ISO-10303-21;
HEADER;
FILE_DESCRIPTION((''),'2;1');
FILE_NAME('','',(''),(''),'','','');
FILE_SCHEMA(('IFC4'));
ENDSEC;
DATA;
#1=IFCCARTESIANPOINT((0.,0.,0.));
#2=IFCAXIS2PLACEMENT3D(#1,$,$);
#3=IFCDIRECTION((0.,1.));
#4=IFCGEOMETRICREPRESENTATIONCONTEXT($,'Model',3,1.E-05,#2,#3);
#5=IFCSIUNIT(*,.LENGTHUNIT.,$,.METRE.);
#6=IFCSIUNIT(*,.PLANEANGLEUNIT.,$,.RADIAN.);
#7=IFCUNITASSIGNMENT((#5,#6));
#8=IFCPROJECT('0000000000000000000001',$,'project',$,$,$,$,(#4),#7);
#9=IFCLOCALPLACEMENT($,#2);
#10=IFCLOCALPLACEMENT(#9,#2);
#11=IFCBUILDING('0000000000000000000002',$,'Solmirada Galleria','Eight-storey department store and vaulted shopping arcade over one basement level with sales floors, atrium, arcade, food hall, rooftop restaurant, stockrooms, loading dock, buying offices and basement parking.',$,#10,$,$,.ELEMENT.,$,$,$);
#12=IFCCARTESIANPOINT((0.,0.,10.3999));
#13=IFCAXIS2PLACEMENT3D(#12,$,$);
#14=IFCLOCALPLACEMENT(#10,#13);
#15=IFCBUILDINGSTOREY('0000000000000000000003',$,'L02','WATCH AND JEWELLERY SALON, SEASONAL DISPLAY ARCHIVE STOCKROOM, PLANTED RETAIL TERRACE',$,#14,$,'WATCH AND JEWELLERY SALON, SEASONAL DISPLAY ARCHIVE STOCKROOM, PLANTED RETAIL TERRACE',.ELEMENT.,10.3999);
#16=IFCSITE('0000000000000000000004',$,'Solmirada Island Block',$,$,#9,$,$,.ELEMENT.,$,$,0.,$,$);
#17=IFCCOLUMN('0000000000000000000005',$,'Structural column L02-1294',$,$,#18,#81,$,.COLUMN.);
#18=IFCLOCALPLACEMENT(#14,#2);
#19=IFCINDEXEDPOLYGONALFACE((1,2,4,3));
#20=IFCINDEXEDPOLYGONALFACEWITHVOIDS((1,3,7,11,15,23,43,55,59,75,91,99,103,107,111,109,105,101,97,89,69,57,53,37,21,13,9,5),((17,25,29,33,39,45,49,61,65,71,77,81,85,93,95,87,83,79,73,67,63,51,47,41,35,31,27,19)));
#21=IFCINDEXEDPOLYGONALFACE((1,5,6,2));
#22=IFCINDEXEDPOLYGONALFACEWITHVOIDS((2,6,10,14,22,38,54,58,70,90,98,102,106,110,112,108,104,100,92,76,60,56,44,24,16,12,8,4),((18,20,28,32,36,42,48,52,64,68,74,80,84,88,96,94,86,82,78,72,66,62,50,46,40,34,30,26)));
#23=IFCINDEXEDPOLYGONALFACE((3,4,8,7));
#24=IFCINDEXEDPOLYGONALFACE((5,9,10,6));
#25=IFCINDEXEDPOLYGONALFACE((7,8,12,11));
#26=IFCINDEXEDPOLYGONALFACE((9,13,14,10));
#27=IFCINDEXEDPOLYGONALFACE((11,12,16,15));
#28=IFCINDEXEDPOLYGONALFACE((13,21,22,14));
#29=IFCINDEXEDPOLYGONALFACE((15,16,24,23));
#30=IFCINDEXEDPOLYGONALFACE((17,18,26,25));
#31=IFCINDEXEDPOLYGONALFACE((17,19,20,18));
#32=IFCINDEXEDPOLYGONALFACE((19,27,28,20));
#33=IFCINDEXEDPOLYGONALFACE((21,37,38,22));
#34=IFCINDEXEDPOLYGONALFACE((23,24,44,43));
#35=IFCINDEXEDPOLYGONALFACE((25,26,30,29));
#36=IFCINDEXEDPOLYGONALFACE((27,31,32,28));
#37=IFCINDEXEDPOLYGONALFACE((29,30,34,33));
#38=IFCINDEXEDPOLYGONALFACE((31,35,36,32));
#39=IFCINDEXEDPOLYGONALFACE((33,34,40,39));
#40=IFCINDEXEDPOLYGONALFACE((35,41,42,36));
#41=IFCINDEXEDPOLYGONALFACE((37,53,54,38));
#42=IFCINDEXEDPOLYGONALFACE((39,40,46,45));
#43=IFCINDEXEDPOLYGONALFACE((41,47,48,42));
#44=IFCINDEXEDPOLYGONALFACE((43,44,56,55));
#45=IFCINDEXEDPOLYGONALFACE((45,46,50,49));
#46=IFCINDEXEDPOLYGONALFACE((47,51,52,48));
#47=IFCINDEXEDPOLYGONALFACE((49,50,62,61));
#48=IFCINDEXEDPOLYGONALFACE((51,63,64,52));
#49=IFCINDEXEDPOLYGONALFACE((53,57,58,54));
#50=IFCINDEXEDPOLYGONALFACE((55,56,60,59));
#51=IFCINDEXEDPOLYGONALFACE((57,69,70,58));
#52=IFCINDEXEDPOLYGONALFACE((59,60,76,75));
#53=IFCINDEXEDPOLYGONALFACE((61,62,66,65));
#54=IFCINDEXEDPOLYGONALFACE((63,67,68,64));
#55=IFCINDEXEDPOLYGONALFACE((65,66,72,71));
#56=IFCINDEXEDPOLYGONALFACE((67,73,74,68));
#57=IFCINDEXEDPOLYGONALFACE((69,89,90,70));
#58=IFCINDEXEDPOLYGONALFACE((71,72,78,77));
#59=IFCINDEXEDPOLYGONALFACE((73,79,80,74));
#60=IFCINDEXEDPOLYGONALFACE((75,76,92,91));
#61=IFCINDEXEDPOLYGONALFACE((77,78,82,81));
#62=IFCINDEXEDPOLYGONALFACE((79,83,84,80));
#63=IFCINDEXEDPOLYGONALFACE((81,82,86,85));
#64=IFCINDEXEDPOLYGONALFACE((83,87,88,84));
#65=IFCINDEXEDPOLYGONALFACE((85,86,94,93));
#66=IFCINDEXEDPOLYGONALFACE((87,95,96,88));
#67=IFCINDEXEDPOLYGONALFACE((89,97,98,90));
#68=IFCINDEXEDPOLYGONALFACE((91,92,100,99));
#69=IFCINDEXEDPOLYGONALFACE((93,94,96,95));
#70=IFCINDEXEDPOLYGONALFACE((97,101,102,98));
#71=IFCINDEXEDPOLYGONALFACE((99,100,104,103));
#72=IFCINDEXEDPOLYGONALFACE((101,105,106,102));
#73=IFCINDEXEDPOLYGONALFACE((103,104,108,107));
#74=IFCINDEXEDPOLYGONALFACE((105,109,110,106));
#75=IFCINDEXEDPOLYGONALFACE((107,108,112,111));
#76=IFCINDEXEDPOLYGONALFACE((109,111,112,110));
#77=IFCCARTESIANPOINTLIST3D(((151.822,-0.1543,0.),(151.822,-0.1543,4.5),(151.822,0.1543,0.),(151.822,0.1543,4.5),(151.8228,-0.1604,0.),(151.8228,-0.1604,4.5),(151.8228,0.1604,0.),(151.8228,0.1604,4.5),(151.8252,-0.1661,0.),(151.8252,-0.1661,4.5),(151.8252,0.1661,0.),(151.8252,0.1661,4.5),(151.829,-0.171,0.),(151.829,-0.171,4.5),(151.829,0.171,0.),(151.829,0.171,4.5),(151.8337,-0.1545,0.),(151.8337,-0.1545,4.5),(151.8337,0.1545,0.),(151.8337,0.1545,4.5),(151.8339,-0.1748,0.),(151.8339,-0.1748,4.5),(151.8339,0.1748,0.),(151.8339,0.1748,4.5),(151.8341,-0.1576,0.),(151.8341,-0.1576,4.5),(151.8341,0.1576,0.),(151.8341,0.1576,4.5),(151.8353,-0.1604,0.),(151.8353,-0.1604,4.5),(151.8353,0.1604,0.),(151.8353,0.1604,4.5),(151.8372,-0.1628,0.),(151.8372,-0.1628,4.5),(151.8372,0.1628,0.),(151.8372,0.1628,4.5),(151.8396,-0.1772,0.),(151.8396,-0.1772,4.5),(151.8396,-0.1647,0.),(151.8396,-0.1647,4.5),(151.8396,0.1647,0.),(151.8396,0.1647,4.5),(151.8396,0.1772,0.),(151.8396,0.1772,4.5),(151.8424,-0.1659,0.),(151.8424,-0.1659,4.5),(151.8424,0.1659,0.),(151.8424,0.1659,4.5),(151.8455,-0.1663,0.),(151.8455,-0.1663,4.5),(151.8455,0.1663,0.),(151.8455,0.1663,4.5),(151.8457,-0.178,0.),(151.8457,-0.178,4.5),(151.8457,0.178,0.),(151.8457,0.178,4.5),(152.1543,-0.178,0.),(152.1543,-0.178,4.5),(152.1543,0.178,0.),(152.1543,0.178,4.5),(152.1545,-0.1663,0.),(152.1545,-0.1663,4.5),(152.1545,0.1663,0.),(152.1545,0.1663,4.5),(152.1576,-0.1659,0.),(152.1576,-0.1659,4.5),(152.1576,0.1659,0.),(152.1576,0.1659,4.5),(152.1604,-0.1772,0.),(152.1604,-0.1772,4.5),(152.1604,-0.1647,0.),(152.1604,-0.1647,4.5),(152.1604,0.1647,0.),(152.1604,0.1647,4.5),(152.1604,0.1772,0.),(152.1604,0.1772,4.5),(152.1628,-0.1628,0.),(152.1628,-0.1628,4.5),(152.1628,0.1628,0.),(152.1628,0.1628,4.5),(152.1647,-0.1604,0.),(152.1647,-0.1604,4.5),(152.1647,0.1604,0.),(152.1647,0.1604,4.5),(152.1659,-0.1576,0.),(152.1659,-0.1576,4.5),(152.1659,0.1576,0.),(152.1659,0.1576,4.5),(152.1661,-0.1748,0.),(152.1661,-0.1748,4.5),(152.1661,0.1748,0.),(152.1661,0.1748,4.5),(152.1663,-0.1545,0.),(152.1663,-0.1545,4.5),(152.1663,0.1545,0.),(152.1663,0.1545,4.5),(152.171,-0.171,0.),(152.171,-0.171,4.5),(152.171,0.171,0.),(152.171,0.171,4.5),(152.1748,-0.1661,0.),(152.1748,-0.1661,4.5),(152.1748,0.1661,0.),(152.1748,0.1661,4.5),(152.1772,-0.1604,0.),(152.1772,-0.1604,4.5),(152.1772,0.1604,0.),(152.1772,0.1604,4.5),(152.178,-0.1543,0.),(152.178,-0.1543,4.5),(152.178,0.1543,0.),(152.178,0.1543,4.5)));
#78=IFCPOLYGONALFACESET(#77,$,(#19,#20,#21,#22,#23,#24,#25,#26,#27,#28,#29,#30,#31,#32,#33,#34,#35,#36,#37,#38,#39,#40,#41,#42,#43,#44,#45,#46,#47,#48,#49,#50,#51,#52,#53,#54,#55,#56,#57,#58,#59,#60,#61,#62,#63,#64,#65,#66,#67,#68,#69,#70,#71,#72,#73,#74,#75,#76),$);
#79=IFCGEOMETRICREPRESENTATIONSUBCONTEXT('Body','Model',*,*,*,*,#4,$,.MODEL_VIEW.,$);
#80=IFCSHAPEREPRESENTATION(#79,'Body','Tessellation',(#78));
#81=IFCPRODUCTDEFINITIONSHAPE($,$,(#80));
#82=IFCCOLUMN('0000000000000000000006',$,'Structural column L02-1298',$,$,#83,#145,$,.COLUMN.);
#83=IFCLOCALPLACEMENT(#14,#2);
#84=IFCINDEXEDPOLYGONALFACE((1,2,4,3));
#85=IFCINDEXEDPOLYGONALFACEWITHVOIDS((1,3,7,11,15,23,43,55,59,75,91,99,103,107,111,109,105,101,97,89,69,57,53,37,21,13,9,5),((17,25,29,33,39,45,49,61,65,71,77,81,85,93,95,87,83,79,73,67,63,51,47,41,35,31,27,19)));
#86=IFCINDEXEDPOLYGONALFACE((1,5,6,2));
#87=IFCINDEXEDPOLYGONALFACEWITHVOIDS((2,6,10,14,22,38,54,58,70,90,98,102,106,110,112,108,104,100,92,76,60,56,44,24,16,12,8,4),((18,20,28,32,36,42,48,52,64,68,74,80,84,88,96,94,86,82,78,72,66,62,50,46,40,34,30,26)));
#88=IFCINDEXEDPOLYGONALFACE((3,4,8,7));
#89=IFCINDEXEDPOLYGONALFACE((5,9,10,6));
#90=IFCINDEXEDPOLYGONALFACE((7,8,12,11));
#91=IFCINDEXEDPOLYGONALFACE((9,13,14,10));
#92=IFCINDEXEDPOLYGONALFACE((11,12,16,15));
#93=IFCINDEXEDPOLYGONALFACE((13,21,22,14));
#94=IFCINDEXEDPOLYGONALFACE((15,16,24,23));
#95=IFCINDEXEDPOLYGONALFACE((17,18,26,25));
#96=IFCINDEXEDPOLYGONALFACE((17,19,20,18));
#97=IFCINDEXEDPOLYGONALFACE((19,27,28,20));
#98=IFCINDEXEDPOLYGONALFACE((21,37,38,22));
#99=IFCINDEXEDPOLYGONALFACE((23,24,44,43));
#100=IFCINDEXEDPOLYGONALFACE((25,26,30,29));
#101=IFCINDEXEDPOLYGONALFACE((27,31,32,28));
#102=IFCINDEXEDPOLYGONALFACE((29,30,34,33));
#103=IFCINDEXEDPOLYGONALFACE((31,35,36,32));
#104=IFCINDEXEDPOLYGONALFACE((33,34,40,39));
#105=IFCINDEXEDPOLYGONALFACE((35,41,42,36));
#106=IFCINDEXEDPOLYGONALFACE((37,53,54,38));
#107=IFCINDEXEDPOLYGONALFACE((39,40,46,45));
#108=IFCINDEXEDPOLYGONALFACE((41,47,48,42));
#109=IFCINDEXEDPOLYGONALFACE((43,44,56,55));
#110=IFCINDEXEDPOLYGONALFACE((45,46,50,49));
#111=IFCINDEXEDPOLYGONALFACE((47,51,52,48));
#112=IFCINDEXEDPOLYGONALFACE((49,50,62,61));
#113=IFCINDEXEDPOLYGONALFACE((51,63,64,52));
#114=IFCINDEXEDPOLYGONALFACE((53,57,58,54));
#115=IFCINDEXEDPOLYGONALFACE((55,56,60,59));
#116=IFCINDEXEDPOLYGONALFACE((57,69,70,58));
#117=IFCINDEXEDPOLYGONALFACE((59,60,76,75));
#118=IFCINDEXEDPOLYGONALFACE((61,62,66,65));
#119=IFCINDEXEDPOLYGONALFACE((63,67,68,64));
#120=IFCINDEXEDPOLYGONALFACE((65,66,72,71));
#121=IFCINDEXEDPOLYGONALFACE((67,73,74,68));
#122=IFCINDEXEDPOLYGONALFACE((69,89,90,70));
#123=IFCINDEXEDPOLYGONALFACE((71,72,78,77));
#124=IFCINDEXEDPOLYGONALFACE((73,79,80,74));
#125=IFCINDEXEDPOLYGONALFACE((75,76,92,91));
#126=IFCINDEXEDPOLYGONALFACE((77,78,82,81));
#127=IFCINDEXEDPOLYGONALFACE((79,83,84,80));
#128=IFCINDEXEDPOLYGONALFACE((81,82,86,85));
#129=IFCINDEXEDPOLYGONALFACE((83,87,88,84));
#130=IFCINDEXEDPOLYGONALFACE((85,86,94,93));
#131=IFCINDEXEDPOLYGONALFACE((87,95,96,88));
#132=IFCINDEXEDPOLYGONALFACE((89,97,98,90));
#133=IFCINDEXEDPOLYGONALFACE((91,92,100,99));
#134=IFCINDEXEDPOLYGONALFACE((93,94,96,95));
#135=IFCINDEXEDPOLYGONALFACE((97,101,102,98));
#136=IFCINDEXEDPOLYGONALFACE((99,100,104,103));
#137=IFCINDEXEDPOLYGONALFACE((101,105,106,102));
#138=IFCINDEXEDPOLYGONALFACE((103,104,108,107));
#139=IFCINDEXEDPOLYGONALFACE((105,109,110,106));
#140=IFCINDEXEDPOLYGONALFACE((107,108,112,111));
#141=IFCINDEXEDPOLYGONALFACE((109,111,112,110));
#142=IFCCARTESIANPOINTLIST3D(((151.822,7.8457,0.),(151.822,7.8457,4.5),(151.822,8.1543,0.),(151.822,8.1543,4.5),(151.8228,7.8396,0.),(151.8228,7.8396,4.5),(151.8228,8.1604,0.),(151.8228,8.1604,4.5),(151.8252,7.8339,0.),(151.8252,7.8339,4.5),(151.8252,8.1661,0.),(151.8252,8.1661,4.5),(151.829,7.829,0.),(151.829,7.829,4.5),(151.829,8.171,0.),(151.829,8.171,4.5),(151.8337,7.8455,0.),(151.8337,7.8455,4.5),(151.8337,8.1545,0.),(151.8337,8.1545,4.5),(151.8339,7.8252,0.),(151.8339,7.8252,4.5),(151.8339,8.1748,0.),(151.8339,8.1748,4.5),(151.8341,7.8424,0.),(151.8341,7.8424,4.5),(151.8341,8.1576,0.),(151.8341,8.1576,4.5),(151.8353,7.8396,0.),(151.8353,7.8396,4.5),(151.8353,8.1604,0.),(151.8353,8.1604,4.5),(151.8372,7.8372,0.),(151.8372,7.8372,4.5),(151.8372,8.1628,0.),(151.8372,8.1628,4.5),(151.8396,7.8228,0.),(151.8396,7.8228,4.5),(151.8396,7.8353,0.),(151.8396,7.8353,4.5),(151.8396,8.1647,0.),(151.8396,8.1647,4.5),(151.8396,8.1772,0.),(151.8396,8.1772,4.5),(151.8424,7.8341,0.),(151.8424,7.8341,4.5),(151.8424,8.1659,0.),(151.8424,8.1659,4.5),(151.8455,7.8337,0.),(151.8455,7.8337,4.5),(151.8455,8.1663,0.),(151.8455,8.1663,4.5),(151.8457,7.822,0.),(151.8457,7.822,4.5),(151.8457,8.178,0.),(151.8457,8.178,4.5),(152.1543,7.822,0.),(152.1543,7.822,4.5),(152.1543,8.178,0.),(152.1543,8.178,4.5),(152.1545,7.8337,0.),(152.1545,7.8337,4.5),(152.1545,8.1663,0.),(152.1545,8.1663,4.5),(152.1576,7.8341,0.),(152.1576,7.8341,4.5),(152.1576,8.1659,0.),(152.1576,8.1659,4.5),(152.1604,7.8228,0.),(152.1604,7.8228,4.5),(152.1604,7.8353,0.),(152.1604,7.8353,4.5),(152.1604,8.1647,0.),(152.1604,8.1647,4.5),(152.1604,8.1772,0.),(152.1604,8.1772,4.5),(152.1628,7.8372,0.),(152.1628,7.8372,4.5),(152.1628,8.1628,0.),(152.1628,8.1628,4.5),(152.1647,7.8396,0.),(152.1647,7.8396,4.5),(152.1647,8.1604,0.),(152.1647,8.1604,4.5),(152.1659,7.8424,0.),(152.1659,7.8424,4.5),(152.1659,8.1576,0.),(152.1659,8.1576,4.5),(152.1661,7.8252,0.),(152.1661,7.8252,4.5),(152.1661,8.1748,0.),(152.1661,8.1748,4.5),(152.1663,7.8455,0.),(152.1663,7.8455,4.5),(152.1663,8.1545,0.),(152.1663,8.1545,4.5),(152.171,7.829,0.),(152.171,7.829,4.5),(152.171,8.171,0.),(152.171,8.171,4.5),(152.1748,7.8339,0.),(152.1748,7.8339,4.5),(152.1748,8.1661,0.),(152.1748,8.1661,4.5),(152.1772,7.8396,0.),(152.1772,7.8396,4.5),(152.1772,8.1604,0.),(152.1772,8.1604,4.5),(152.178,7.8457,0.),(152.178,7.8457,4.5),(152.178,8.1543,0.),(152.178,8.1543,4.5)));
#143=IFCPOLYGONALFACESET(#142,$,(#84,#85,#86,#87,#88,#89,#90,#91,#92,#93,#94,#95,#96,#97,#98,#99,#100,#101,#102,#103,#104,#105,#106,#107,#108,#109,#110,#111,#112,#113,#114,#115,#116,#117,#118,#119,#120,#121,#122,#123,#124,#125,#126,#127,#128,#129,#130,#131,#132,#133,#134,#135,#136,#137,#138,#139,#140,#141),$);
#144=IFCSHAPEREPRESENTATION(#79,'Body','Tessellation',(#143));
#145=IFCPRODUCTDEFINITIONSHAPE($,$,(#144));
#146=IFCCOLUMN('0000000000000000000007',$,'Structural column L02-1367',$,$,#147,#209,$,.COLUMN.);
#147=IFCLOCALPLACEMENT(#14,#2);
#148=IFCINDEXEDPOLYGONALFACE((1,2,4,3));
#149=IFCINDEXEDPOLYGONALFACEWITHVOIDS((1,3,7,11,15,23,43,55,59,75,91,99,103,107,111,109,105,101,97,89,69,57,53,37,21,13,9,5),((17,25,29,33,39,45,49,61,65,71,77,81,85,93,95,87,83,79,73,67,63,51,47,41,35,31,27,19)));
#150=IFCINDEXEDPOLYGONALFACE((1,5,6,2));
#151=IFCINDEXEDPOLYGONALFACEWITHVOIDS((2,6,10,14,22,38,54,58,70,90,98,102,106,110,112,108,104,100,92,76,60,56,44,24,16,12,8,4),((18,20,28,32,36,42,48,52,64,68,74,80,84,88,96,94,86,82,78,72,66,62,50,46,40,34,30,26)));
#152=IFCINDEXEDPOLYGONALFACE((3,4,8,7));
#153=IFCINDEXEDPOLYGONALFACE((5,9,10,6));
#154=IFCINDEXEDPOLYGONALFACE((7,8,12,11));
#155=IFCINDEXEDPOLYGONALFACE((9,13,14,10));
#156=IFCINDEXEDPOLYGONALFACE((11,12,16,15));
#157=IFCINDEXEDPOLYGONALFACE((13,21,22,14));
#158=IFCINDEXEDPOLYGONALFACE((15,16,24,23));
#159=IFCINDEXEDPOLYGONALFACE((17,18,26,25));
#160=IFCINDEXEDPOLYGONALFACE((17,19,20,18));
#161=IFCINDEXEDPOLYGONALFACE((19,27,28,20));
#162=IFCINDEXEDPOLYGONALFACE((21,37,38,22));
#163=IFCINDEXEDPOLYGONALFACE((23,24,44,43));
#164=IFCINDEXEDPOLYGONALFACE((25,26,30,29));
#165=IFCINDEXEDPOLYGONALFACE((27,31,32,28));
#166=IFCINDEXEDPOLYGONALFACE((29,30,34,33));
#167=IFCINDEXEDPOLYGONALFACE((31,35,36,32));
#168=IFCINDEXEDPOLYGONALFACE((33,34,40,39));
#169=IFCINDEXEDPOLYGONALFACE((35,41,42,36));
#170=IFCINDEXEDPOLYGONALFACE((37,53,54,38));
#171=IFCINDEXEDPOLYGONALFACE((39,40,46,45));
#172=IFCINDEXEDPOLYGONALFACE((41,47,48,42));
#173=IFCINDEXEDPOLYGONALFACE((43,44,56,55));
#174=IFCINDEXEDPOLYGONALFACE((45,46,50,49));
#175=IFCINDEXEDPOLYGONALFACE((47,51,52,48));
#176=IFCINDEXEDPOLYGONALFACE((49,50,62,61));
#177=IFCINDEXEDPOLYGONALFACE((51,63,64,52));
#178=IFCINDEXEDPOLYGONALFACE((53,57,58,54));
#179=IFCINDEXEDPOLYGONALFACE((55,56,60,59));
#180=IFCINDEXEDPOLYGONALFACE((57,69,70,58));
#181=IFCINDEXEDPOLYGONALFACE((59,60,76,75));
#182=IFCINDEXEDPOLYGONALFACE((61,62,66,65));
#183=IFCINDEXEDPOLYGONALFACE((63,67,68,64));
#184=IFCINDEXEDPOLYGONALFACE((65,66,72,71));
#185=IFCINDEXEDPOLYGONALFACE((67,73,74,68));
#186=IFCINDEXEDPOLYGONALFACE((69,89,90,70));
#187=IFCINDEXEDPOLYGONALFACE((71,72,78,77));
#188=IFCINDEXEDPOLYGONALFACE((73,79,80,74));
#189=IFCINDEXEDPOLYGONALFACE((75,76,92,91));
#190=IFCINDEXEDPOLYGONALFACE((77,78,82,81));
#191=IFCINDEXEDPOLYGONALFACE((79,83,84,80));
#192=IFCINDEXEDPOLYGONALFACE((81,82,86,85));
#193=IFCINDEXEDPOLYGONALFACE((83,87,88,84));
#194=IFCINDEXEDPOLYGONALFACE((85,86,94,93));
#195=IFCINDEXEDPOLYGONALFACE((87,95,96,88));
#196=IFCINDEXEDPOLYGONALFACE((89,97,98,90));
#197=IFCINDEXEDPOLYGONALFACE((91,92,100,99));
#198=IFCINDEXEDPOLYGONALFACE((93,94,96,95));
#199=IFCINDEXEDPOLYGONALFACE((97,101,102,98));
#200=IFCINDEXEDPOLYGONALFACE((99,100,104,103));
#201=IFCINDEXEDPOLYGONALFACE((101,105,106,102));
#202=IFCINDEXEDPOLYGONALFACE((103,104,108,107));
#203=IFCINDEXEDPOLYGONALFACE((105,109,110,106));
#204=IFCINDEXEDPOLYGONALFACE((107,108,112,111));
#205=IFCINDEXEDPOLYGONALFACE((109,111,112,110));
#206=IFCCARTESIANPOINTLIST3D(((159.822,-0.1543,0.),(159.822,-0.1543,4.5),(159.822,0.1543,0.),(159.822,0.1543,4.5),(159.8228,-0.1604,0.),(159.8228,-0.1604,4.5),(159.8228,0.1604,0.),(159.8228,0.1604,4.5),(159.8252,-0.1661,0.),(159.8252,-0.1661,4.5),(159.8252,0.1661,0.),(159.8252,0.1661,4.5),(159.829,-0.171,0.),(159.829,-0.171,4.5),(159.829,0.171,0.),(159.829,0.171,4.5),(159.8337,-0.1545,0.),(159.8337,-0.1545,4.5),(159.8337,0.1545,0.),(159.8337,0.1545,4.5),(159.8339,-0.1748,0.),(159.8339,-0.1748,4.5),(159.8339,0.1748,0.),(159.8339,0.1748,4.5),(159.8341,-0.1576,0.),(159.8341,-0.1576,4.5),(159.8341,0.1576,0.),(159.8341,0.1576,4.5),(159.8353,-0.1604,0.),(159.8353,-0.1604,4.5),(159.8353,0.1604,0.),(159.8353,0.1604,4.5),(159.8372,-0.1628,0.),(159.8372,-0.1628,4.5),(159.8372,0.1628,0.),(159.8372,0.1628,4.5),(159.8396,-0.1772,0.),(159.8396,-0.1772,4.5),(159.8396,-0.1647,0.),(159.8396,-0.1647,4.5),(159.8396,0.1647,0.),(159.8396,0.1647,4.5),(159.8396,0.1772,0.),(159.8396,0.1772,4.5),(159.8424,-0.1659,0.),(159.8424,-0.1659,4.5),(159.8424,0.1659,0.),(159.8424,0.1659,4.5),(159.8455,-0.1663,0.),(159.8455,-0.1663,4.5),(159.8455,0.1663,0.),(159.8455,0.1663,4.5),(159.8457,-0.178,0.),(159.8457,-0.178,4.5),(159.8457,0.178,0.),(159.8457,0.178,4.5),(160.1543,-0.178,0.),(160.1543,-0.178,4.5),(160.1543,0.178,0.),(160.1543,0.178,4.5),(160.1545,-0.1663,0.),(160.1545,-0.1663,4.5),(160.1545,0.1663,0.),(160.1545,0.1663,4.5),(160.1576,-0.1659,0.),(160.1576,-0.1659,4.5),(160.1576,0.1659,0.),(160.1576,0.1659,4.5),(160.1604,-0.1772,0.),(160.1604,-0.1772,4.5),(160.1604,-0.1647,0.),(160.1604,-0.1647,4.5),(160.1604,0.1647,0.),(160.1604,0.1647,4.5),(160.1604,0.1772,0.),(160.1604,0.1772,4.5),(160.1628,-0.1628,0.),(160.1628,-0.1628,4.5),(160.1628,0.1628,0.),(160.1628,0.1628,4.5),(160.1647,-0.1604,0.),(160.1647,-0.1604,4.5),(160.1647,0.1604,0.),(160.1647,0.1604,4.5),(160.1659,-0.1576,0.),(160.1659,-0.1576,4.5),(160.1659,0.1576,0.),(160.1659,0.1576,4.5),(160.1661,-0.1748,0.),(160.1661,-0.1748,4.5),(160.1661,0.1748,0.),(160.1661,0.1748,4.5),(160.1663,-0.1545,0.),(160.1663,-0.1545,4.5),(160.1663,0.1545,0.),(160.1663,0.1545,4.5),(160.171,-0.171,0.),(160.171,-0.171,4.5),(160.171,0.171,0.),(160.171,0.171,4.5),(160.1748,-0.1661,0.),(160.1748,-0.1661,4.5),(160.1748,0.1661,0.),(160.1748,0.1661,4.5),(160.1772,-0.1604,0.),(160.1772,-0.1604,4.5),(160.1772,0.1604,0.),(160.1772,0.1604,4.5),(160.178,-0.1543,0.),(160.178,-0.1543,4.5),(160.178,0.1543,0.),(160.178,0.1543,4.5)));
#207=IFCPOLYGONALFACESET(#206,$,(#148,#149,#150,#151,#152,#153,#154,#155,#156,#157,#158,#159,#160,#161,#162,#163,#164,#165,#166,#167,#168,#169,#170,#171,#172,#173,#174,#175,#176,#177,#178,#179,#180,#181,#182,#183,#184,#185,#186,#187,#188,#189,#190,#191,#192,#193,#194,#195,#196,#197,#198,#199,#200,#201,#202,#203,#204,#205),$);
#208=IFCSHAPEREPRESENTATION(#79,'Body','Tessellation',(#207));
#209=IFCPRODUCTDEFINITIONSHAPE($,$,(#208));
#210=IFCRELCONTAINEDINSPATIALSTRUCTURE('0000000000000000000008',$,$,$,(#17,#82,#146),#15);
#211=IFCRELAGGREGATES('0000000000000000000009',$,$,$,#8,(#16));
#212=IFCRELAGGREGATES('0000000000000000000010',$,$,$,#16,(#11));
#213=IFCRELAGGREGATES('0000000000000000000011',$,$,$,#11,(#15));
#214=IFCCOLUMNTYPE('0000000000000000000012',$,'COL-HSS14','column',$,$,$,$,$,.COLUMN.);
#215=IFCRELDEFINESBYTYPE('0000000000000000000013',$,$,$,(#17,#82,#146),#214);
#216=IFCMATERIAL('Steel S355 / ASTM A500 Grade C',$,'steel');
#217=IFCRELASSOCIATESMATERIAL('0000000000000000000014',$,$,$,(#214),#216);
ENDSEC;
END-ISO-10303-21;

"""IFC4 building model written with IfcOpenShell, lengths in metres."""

from ifc_helpers import new_model, si_unit, direction, frame, origin, origin_2d, place, context, subcontext, project, spatial, hollow_rectangle, extrude, material, material_profile, profile_set, type_object, element, save


model = new_model("IFC4")

# Units and contexts
model_context = context("Model", 3, precision=1e-05, world=origin(), true_north=direction((0.0, 1.0)))
body_context = subcontext(model_context, "Body", "Model", "MODEL_VIEW")
ifc_project = project(units=[si_unit("LENGTHUNIT", "METRE"), si_unit("PLANEANGLEUNIT", "RADIAN")], contexts=[model_context])

# Site, building, storey
site_placement = place(None, origin())
site = spatial("IfcSite", under=ifc_project, at=site_placement, Name="Solmirada Island Block", CompositionType="ELEMENT", RefElevation=0.0)
building_placement = place(site_placement, origin())
building = spatial("IfcBuilding", under=site, at=building_placement, Name="Solmirada Galleria", Description="Eight-storey department store and vaulted shopping arcade over one basement level with sales floors, atrium, arcade, food hall, rooftop restaurant, stockrooms, loading dock, buying offices and basement parking.", CompositionType="ELEMENT")
storey_placement = place(building_placement, frame((0.0, 0.0, 10.3999)))
storey = spatial("IfcBuildingStorey", under=building, at=storey_placement, Name="L02", Description="WATCH AND JEWELLERY SALON, SEASONAL DISPLAY ARCHIVE STOCKROOM, PLANTED RETAIL TERRACE", LongName="WATCH AND JEWELLERY SALON, SEASONAL DISPLAY ARCHIVE STOCKROOM, PLANTED RETAIL TERRACE", CompositionType="ELEMENT", Elevation=10.3999)

# Columns
ifc_material_1 = material(Name="Steel S355 / ASTM A500 Grade C", Category="steel")
ifc_material_profile_1 = material_profile(ifc_material_1, hollow_rectangle(XDim=0.356, YDim=0.356, WallThickness=0.0117, InnerFilletRadius=0.0117, OuterFilletRadius=0.0237, at=origin_2d()), Name="HSS14X14X1/2")
ifc_profile_set_1 = profile_set([ifc_material_profile_1], Name="Steel S355 / ASTM A500 Grade C")
column_type = type_object("IfcColumnType", Name="COL-HSS14", Description="column", PredefinedType="COLUMN", material=ifc_profile_set_1)
for number, where, z_axis, x_axis, name in (
    (1, (152.0, 0.0, 0.0), (0.0, 0.0, 1.0), (1.0, 0.0, 0.0), "Structural column L02-1294"),
    (2, (152.0, 8.0, 0.0), (0.0, 0.0, 1.0), (1.0, 0.0, 0.0), "Structural column L02-1298"),
    (3, (160.0, 0.0, 0.0), (0.0, 0.0, 1.0), (1.0, 0.0, 0.0), "Structural column L02-1367"),
):
    element("IfcColumn", number, at=place(storey_placement, frame(where, z_axis=z_axis, x_axis=x_axis)), inside=storey, type_object=column_type, Name=name, PredefinedType="COLUMN", context=body_context, shape_type="SweptSolid", body=[
        extrude(hollow_rectangle(XDim=0.356, YDim=0.356, WallThickness=0.0117, InnerFilletRadius=0.0117, OuterFilletRadius=0.0237, at=origin_2d()), origin(), (0.0, 0.0, 1.0), 4.5),
    ])

save(model, "model.ifc")
